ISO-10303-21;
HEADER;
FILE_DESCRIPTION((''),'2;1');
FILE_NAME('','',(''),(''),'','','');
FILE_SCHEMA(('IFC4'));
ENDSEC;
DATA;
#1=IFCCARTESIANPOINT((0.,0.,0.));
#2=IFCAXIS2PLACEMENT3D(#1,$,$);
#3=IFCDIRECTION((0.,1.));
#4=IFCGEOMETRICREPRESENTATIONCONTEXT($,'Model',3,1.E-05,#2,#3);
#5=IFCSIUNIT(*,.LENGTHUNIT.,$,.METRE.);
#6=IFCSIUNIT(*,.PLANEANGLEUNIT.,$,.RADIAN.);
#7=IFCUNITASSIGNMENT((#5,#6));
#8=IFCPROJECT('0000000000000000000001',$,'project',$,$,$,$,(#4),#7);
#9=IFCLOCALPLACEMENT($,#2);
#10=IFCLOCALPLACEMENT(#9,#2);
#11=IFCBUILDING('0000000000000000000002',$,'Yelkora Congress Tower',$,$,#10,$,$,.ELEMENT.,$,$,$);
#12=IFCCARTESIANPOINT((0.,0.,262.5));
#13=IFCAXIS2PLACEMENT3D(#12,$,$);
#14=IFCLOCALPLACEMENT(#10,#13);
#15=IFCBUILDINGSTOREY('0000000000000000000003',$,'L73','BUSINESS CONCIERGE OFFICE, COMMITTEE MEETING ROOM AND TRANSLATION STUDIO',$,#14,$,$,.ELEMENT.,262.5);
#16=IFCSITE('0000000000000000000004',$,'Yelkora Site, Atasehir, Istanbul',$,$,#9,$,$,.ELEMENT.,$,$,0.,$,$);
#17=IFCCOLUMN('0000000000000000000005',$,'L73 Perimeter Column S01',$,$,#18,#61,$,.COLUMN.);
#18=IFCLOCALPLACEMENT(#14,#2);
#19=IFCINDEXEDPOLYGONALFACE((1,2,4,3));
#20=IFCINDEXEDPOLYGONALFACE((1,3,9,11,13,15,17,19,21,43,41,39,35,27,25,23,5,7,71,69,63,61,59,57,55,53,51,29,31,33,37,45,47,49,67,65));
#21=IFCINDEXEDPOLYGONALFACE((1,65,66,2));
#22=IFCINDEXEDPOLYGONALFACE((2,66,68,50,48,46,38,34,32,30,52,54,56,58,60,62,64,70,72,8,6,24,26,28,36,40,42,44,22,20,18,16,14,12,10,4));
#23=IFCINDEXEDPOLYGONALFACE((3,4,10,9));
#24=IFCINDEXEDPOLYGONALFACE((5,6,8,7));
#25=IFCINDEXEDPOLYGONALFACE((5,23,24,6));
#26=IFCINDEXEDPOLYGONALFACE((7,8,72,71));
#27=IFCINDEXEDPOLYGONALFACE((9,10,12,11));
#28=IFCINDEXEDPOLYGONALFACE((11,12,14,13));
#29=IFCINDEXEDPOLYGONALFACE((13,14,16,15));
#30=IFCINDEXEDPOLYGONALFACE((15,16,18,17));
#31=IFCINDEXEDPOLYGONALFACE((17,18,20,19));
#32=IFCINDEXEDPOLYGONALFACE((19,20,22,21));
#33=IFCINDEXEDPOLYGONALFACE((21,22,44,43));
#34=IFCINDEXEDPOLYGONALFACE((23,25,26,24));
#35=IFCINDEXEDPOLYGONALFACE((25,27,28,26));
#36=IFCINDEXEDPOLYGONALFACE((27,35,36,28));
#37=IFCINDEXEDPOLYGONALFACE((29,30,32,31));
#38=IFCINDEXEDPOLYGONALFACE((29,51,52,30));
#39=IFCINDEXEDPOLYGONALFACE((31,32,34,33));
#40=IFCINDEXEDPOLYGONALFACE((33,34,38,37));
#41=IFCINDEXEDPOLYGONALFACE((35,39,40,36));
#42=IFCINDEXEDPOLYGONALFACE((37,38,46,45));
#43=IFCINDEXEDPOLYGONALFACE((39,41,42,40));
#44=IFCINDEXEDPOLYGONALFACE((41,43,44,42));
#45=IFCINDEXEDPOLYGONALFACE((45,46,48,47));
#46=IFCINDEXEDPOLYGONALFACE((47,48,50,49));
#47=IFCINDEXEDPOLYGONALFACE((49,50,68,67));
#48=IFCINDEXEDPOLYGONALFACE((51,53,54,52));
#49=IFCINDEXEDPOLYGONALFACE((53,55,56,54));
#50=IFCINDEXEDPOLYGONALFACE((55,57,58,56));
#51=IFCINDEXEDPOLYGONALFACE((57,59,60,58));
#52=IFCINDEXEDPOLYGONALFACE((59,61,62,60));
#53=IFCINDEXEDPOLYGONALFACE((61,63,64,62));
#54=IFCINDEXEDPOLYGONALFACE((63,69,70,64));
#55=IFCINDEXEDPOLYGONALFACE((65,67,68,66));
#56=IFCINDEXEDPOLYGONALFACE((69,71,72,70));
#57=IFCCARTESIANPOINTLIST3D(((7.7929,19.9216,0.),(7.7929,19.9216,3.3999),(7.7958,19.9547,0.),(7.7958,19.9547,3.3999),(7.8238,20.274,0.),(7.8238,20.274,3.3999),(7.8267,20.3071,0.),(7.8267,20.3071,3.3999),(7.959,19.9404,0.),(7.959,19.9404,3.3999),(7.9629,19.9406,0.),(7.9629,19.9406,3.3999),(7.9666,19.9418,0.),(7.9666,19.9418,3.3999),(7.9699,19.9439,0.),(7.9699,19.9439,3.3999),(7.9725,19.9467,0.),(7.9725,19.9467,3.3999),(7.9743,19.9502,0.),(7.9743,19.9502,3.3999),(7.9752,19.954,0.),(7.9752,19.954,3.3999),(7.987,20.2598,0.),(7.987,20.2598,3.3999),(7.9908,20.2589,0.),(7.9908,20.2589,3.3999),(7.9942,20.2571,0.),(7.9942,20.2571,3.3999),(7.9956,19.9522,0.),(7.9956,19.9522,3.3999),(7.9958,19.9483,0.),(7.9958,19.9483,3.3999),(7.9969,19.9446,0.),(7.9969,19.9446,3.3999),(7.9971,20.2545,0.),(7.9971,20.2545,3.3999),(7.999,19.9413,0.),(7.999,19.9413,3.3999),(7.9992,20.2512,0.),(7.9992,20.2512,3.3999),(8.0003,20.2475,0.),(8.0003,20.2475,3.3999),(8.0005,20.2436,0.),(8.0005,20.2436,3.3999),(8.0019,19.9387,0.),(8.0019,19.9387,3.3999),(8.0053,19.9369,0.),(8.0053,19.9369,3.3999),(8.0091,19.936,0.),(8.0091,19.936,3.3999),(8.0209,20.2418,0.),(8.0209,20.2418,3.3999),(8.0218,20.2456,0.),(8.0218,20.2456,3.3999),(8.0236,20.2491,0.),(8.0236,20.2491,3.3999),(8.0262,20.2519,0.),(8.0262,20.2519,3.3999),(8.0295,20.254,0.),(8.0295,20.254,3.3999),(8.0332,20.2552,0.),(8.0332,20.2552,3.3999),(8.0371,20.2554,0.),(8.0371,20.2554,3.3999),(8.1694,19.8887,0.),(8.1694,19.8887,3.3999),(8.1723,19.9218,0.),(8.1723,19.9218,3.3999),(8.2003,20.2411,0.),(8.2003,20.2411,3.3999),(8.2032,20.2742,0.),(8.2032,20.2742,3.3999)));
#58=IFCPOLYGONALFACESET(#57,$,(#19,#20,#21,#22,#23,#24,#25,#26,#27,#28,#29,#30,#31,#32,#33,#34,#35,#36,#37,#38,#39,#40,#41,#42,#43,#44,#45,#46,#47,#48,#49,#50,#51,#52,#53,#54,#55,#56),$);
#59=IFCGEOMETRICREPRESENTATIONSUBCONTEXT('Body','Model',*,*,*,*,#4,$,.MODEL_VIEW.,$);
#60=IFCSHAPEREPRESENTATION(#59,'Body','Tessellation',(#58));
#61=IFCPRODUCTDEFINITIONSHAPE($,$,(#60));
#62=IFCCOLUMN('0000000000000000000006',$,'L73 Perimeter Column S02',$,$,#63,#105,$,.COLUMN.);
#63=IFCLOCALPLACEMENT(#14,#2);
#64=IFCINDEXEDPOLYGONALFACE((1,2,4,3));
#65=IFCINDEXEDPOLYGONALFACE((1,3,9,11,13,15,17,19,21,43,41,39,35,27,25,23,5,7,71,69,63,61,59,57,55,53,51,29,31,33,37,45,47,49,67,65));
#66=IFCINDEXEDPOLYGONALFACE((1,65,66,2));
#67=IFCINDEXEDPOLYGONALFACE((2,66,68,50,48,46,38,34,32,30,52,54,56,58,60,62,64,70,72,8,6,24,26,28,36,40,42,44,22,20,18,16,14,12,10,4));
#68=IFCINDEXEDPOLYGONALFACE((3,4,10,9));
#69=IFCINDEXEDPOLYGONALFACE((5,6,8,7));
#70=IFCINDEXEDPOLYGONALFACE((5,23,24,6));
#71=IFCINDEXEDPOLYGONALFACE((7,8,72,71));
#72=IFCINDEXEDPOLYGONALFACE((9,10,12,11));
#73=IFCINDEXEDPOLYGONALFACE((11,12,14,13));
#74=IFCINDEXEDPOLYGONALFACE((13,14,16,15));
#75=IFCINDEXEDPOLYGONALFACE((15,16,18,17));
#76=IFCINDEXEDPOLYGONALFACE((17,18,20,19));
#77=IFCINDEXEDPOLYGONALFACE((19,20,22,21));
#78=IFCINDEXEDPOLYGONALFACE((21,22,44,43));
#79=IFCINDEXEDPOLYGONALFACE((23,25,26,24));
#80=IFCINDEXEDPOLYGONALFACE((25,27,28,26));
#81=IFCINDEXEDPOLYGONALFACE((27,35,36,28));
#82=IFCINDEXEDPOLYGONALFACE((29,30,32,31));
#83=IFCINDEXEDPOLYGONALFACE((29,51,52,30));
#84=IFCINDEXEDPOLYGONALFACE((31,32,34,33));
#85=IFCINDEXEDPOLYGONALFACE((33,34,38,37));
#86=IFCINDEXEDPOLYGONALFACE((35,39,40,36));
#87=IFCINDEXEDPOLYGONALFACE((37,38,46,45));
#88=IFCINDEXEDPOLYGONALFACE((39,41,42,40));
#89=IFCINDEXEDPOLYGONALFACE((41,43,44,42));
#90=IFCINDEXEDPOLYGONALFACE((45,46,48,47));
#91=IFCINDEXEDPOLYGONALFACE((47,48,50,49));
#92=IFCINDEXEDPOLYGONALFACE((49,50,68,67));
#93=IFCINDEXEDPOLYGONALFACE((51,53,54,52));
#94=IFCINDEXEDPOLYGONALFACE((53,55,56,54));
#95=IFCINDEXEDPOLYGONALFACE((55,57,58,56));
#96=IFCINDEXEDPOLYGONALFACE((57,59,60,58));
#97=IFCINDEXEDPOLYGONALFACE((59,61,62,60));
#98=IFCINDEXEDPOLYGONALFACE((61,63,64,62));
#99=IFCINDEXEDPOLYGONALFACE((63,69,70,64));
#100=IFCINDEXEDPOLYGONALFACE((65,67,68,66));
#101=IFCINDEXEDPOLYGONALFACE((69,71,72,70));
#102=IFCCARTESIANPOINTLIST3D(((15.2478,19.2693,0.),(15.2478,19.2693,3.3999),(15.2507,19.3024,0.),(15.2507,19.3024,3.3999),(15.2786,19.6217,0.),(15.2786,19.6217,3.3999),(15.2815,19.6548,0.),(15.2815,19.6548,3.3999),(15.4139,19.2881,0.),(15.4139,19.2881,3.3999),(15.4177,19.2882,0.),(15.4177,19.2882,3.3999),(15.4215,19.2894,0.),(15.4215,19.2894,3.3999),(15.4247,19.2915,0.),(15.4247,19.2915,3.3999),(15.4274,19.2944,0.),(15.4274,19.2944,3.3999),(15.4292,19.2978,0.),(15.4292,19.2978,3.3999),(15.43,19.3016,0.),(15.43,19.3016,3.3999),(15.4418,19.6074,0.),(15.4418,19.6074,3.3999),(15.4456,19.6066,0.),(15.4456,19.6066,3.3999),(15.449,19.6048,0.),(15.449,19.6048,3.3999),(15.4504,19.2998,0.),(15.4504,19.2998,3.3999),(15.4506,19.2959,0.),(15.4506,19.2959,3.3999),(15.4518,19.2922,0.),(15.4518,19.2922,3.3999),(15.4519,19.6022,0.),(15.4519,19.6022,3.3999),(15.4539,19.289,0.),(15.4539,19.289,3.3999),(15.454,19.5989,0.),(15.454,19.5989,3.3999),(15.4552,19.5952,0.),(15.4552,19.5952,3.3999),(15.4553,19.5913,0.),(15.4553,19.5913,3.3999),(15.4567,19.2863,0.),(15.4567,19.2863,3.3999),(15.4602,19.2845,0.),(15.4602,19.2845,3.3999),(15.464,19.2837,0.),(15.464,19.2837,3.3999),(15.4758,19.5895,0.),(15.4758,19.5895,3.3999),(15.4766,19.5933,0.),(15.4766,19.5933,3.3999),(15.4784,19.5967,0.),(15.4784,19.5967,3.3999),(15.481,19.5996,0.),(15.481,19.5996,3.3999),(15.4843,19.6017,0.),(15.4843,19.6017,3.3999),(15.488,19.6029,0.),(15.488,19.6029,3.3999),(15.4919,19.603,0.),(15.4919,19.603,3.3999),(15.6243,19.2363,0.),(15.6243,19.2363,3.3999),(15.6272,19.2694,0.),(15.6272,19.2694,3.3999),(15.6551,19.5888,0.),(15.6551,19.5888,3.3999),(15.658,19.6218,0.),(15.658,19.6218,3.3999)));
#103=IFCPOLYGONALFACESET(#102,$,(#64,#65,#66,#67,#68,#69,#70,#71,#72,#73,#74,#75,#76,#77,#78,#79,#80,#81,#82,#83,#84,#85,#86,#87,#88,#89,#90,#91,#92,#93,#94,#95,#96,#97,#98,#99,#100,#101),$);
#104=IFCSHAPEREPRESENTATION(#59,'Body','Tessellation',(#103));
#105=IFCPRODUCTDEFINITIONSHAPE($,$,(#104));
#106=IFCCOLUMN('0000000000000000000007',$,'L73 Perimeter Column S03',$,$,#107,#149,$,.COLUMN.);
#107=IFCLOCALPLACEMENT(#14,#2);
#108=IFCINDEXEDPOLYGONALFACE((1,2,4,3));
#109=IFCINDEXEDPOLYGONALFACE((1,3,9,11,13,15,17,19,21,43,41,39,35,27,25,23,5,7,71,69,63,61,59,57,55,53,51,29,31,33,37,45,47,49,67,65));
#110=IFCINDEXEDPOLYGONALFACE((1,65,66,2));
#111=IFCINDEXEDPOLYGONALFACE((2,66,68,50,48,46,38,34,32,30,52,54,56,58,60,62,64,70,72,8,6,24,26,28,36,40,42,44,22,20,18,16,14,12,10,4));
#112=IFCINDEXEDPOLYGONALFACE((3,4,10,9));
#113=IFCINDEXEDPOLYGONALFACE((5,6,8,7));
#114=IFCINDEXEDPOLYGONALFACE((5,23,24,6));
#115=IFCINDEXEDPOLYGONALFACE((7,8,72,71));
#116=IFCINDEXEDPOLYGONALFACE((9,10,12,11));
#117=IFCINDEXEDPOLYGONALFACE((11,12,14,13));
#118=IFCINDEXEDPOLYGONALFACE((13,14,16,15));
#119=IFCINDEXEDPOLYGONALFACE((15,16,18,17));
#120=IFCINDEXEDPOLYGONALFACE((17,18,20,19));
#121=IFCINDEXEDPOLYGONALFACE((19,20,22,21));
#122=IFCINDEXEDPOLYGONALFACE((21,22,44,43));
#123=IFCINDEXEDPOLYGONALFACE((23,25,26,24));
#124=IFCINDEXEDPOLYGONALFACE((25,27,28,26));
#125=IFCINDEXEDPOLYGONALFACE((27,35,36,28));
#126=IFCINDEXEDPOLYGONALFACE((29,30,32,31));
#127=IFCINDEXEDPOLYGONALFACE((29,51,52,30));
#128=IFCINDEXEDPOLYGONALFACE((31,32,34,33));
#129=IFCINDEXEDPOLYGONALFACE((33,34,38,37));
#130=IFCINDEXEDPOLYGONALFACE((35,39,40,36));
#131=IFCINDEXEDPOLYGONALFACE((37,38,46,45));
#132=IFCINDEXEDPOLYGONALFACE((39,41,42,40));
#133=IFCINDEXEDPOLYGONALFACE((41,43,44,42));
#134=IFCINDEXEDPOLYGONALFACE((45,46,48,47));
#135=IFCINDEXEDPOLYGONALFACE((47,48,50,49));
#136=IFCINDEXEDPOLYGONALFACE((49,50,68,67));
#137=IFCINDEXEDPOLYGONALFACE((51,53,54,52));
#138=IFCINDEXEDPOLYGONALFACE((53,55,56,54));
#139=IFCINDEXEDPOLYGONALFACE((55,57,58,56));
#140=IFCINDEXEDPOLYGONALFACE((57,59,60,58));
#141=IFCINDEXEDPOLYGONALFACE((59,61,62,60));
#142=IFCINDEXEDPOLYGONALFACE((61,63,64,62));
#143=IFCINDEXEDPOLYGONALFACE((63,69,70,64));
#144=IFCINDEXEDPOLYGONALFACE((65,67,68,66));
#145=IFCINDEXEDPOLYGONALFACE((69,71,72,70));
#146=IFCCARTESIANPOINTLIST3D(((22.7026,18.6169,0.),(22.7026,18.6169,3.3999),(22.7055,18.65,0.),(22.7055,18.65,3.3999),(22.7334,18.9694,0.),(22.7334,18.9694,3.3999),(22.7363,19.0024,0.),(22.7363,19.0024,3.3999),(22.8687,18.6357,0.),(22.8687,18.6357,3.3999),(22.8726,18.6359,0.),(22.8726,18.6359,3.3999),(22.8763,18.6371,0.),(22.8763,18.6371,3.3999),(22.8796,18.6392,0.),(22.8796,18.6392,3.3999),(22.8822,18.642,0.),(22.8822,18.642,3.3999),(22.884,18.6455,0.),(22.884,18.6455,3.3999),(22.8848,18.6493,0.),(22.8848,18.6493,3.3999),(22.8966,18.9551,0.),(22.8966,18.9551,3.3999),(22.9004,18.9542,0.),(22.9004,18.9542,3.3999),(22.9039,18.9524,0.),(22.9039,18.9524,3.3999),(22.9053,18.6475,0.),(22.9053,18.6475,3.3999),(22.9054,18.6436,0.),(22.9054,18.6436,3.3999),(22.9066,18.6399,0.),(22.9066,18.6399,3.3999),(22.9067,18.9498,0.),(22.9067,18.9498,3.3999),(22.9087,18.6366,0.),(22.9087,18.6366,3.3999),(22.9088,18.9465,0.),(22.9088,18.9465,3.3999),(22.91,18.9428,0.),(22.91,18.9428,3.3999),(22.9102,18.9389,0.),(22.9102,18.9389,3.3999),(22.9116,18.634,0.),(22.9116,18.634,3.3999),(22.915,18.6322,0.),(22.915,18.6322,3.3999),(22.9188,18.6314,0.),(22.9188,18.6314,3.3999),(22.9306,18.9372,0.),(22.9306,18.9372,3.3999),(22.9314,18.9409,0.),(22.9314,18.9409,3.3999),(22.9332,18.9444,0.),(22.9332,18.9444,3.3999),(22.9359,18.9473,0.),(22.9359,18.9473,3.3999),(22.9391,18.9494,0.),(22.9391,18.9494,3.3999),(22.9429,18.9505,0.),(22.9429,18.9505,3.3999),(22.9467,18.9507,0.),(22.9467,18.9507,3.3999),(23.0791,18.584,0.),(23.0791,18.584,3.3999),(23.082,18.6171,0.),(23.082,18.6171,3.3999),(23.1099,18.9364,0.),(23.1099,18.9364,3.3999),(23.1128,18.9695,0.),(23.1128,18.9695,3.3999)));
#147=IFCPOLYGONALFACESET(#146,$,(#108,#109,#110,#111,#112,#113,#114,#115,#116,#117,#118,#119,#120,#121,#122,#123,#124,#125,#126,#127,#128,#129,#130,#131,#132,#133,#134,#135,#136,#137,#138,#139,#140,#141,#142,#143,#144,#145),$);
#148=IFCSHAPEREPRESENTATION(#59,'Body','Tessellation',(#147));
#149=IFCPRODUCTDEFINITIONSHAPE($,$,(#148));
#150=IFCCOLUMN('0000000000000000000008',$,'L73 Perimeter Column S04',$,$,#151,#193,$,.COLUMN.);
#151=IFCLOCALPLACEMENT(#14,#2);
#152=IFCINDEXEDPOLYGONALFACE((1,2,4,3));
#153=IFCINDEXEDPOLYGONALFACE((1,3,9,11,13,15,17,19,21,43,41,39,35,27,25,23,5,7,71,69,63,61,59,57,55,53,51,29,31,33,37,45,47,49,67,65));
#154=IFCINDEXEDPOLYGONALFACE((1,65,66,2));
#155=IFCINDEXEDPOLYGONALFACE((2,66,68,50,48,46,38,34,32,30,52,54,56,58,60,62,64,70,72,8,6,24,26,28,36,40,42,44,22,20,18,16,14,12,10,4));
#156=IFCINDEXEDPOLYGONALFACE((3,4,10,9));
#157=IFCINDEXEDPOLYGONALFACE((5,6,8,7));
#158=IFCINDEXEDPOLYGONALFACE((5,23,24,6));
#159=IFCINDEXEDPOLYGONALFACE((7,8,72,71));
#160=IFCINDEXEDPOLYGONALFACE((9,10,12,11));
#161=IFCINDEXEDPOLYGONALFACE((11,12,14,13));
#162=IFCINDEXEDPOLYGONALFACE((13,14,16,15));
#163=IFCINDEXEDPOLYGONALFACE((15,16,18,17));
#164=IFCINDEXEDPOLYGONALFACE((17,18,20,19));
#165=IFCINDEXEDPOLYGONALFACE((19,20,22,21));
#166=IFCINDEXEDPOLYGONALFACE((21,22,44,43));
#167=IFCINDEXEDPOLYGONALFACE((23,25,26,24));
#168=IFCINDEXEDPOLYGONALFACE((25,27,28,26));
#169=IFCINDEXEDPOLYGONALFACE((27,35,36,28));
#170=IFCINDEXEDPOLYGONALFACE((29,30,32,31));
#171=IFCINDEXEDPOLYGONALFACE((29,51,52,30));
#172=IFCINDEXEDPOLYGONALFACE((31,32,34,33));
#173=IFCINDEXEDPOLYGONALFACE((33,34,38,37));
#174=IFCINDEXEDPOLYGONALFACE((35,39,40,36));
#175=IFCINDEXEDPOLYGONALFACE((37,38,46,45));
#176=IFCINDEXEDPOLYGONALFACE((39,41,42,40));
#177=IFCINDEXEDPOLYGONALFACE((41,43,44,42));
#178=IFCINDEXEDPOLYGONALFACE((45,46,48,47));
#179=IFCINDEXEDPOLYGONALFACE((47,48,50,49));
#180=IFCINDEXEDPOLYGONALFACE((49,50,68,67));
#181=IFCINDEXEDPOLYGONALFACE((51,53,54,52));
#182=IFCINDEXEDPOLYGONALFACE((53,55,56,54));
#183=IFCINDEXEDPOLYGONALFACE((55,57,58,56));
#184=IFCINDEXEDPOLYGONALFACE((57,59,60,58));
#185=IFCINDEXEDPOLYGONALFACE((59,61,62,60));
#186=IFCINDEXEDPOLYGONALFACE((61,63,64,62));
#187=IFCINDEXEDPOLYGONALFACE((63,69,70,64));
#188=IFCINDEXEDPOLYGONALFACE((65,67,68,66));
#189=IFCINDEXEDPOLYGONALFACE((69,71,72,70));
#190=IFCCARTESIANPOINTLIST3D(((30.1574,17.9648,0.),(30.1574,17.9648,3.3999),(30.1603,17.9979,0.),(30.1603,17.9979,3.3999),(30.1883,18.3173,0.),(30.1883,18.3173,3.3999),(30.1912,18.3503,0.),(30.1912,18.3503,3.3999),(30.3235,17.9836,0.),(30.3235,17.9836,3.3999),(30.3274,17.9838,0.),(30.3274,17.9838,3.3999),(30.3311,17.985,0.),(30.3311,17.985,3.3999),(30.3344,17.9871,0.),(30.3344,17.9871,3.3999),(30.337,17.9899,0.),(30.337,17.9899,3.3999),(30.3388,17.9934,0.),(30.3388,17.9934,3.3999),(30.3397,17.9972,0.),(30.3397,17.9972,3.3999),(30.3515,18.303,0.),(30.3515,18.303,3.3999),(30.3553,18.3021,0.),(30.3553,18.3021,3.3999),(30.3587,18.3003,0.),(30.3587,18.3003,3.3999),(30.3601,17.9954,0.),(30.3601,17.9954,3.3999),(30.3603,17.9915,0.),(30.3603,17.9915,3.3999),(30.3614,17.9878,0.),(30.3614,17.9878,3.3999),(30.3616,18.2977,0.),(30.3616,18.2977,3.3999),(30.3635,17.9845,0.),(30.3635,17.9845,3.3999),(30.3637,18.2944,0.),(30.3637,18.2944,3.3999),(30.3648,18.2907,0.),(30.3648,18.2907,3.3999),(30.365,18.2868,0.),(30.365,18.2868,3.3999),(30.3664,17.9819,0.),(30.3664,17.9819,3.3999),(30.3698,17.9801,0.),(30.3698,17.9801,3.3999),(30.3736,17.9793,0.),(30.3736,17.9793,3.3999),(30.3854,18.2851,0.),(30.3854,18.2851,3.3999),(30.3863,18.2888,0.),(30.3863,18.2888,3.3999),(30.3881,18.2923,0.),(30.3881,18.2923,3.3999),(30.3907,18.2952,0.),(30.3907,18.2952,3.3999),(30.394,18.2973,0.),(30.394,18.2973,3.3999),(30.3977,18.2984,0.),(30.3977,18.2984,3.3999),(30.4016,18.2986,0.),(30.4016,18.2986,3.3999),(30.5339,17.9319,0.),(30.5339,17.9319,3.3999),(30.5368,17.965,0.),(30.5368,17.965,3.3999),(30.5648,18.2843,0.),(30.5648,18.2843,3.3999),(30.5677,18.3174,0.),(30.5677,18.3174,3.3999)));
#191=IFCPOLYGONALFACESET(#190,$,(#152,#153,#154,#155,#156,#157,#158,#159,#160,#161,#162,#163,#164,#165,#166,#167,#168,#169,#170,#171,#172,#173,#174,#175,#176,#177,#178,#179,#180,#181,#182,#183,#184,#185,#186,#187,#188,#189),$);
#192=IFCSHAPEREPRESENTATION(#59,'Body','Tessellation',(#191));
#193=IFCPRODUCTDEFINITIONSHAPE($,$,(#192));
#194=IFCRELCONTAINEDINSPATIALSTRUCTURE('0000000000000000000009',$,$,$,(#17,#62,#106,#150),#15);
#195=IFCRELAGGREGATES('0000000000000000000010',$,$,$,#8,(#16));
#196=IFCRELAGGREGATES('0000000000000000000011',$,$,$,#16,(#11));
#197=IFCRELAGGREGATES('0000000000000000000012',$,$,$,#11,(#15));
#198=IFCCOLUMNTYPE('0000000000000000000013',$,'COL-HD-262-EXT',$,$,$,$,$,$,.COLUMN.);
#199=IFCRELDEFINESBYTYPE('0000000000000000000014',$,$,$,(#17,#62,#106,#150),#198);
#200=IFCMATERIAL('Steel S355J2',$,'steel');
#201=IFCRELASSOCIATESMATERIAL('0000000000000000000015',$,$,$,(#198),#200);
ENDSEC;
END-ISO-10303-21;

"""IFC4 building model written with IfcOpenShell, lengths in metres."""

from ifc_helpers import new_model, si_unit, direction, frame, origin, origin_2d, place, context, subcontext, project, spatial, i_section, extrude, material, material_profile, profile_set, type_object, element, save


model = new_model("IFC4")

# Units and contexts
model_context = context("Model", 3, precision=1e-05, world=origin(), true_north=direction((0.0, 1.0)))
body_context = subcontext(model_context, "Body", "Model", "MODEL_VIEW")
ifc_project = project(units=[si_unit("LENGTHUNIT", "METRE"), si_unit("PLANEANGLEUNIT", "RADIAN")], contexts=[model_context])

# Site, building, storey
site_placement = place(None, origin())
site = spatial("IfcSite", under=ifc_project, at=site_placement, Name="Yelkora Site, Atasehir, Istanbul", CompositionType="ELEMENT", RefElevation=0.0)
building_placement = place(site_placement, origin())
building = spatial("IfcBuilding", under=site, at=building_placement, Name="Yelkora Congress Tower", CompositionType="ELEMENT")
storey_placement = place(building_placement, frame((0.0, 0.0, 262.5)))
storey = spatial("IfcBuildingStorey", under=building, at=storey_placement, Name="L73", Description="BUSINESS CONCIERGE OFFICE, COMMITTEE MEETING ROOM AND TRANSLATION STUDIO", CompositionType="ELEMENT", Elevation=262.5)

# Columns
ifc_material_1 = material(Name="Steel S355J2", Category="steel")
ifc_material_profile_1 = material_profile(ifc_material_1, i_section(OverallWidth=0.3779, OverallDepth=0.387, WebThickness=0.0205, FlangeThickness=0.0332, FilletRadius=0.0149, at=origin_2d()), Name="HD 360x262")
ifc_profile_set_1 = profile_set([ifc_material_profile_1], Name="Steel S355J2")
column_type = type_object("IfcColumnType", Name="COL-HD-262-EXT", PredefinedType="COLUMN", material=ifc_profile_set_1)
for number, where, z_axis, x_axis, name in (
    (1, (7.998, 20.0979, 0.0), (0.0, 0.0, 1.0), (0.996195, -0.087156, 0.0), "L73 Perimeter Column S01"),
    (2, (15.4529, 19.4456, 0.0), (0.0, 0.0, 1.0), (0.996195, -0.087156, 0.0), "L73 Perimeter Column S02"),
    (3, (22.9077, 18.7932, 0.0), (0.0, 0.0, 1.0), (0.996195, -0.087156, 0.0), "L73 Perimeter Column S03"),
    (4, (30.3625, 18.1411, 0.0), (0.0, 0.0, 1.0), (0.996195, -0.087156, 0.0), "L73 Perimeter Column S04"),
):
    element("IfcColumn", number, at=place(storey_placement, frame(where, z_axis=z_axis, x_axis=x_axis)), inside=storey, type_object=column_type, Name=name, PredefinedType="COLUMN", context=body_context, shape_type="SweptSolid", body=[
        extrude(i_section(OverallWidth=0.3779, OverallDepth=0.387, WebThickness=0.0205, FlangeThickness=0.0332, FilletRadius=0.0149, at=origin_2d()), origin(), (0.0, 0.0, 1.0), 3.3999),
    ])

save(model, "model.ifc")
